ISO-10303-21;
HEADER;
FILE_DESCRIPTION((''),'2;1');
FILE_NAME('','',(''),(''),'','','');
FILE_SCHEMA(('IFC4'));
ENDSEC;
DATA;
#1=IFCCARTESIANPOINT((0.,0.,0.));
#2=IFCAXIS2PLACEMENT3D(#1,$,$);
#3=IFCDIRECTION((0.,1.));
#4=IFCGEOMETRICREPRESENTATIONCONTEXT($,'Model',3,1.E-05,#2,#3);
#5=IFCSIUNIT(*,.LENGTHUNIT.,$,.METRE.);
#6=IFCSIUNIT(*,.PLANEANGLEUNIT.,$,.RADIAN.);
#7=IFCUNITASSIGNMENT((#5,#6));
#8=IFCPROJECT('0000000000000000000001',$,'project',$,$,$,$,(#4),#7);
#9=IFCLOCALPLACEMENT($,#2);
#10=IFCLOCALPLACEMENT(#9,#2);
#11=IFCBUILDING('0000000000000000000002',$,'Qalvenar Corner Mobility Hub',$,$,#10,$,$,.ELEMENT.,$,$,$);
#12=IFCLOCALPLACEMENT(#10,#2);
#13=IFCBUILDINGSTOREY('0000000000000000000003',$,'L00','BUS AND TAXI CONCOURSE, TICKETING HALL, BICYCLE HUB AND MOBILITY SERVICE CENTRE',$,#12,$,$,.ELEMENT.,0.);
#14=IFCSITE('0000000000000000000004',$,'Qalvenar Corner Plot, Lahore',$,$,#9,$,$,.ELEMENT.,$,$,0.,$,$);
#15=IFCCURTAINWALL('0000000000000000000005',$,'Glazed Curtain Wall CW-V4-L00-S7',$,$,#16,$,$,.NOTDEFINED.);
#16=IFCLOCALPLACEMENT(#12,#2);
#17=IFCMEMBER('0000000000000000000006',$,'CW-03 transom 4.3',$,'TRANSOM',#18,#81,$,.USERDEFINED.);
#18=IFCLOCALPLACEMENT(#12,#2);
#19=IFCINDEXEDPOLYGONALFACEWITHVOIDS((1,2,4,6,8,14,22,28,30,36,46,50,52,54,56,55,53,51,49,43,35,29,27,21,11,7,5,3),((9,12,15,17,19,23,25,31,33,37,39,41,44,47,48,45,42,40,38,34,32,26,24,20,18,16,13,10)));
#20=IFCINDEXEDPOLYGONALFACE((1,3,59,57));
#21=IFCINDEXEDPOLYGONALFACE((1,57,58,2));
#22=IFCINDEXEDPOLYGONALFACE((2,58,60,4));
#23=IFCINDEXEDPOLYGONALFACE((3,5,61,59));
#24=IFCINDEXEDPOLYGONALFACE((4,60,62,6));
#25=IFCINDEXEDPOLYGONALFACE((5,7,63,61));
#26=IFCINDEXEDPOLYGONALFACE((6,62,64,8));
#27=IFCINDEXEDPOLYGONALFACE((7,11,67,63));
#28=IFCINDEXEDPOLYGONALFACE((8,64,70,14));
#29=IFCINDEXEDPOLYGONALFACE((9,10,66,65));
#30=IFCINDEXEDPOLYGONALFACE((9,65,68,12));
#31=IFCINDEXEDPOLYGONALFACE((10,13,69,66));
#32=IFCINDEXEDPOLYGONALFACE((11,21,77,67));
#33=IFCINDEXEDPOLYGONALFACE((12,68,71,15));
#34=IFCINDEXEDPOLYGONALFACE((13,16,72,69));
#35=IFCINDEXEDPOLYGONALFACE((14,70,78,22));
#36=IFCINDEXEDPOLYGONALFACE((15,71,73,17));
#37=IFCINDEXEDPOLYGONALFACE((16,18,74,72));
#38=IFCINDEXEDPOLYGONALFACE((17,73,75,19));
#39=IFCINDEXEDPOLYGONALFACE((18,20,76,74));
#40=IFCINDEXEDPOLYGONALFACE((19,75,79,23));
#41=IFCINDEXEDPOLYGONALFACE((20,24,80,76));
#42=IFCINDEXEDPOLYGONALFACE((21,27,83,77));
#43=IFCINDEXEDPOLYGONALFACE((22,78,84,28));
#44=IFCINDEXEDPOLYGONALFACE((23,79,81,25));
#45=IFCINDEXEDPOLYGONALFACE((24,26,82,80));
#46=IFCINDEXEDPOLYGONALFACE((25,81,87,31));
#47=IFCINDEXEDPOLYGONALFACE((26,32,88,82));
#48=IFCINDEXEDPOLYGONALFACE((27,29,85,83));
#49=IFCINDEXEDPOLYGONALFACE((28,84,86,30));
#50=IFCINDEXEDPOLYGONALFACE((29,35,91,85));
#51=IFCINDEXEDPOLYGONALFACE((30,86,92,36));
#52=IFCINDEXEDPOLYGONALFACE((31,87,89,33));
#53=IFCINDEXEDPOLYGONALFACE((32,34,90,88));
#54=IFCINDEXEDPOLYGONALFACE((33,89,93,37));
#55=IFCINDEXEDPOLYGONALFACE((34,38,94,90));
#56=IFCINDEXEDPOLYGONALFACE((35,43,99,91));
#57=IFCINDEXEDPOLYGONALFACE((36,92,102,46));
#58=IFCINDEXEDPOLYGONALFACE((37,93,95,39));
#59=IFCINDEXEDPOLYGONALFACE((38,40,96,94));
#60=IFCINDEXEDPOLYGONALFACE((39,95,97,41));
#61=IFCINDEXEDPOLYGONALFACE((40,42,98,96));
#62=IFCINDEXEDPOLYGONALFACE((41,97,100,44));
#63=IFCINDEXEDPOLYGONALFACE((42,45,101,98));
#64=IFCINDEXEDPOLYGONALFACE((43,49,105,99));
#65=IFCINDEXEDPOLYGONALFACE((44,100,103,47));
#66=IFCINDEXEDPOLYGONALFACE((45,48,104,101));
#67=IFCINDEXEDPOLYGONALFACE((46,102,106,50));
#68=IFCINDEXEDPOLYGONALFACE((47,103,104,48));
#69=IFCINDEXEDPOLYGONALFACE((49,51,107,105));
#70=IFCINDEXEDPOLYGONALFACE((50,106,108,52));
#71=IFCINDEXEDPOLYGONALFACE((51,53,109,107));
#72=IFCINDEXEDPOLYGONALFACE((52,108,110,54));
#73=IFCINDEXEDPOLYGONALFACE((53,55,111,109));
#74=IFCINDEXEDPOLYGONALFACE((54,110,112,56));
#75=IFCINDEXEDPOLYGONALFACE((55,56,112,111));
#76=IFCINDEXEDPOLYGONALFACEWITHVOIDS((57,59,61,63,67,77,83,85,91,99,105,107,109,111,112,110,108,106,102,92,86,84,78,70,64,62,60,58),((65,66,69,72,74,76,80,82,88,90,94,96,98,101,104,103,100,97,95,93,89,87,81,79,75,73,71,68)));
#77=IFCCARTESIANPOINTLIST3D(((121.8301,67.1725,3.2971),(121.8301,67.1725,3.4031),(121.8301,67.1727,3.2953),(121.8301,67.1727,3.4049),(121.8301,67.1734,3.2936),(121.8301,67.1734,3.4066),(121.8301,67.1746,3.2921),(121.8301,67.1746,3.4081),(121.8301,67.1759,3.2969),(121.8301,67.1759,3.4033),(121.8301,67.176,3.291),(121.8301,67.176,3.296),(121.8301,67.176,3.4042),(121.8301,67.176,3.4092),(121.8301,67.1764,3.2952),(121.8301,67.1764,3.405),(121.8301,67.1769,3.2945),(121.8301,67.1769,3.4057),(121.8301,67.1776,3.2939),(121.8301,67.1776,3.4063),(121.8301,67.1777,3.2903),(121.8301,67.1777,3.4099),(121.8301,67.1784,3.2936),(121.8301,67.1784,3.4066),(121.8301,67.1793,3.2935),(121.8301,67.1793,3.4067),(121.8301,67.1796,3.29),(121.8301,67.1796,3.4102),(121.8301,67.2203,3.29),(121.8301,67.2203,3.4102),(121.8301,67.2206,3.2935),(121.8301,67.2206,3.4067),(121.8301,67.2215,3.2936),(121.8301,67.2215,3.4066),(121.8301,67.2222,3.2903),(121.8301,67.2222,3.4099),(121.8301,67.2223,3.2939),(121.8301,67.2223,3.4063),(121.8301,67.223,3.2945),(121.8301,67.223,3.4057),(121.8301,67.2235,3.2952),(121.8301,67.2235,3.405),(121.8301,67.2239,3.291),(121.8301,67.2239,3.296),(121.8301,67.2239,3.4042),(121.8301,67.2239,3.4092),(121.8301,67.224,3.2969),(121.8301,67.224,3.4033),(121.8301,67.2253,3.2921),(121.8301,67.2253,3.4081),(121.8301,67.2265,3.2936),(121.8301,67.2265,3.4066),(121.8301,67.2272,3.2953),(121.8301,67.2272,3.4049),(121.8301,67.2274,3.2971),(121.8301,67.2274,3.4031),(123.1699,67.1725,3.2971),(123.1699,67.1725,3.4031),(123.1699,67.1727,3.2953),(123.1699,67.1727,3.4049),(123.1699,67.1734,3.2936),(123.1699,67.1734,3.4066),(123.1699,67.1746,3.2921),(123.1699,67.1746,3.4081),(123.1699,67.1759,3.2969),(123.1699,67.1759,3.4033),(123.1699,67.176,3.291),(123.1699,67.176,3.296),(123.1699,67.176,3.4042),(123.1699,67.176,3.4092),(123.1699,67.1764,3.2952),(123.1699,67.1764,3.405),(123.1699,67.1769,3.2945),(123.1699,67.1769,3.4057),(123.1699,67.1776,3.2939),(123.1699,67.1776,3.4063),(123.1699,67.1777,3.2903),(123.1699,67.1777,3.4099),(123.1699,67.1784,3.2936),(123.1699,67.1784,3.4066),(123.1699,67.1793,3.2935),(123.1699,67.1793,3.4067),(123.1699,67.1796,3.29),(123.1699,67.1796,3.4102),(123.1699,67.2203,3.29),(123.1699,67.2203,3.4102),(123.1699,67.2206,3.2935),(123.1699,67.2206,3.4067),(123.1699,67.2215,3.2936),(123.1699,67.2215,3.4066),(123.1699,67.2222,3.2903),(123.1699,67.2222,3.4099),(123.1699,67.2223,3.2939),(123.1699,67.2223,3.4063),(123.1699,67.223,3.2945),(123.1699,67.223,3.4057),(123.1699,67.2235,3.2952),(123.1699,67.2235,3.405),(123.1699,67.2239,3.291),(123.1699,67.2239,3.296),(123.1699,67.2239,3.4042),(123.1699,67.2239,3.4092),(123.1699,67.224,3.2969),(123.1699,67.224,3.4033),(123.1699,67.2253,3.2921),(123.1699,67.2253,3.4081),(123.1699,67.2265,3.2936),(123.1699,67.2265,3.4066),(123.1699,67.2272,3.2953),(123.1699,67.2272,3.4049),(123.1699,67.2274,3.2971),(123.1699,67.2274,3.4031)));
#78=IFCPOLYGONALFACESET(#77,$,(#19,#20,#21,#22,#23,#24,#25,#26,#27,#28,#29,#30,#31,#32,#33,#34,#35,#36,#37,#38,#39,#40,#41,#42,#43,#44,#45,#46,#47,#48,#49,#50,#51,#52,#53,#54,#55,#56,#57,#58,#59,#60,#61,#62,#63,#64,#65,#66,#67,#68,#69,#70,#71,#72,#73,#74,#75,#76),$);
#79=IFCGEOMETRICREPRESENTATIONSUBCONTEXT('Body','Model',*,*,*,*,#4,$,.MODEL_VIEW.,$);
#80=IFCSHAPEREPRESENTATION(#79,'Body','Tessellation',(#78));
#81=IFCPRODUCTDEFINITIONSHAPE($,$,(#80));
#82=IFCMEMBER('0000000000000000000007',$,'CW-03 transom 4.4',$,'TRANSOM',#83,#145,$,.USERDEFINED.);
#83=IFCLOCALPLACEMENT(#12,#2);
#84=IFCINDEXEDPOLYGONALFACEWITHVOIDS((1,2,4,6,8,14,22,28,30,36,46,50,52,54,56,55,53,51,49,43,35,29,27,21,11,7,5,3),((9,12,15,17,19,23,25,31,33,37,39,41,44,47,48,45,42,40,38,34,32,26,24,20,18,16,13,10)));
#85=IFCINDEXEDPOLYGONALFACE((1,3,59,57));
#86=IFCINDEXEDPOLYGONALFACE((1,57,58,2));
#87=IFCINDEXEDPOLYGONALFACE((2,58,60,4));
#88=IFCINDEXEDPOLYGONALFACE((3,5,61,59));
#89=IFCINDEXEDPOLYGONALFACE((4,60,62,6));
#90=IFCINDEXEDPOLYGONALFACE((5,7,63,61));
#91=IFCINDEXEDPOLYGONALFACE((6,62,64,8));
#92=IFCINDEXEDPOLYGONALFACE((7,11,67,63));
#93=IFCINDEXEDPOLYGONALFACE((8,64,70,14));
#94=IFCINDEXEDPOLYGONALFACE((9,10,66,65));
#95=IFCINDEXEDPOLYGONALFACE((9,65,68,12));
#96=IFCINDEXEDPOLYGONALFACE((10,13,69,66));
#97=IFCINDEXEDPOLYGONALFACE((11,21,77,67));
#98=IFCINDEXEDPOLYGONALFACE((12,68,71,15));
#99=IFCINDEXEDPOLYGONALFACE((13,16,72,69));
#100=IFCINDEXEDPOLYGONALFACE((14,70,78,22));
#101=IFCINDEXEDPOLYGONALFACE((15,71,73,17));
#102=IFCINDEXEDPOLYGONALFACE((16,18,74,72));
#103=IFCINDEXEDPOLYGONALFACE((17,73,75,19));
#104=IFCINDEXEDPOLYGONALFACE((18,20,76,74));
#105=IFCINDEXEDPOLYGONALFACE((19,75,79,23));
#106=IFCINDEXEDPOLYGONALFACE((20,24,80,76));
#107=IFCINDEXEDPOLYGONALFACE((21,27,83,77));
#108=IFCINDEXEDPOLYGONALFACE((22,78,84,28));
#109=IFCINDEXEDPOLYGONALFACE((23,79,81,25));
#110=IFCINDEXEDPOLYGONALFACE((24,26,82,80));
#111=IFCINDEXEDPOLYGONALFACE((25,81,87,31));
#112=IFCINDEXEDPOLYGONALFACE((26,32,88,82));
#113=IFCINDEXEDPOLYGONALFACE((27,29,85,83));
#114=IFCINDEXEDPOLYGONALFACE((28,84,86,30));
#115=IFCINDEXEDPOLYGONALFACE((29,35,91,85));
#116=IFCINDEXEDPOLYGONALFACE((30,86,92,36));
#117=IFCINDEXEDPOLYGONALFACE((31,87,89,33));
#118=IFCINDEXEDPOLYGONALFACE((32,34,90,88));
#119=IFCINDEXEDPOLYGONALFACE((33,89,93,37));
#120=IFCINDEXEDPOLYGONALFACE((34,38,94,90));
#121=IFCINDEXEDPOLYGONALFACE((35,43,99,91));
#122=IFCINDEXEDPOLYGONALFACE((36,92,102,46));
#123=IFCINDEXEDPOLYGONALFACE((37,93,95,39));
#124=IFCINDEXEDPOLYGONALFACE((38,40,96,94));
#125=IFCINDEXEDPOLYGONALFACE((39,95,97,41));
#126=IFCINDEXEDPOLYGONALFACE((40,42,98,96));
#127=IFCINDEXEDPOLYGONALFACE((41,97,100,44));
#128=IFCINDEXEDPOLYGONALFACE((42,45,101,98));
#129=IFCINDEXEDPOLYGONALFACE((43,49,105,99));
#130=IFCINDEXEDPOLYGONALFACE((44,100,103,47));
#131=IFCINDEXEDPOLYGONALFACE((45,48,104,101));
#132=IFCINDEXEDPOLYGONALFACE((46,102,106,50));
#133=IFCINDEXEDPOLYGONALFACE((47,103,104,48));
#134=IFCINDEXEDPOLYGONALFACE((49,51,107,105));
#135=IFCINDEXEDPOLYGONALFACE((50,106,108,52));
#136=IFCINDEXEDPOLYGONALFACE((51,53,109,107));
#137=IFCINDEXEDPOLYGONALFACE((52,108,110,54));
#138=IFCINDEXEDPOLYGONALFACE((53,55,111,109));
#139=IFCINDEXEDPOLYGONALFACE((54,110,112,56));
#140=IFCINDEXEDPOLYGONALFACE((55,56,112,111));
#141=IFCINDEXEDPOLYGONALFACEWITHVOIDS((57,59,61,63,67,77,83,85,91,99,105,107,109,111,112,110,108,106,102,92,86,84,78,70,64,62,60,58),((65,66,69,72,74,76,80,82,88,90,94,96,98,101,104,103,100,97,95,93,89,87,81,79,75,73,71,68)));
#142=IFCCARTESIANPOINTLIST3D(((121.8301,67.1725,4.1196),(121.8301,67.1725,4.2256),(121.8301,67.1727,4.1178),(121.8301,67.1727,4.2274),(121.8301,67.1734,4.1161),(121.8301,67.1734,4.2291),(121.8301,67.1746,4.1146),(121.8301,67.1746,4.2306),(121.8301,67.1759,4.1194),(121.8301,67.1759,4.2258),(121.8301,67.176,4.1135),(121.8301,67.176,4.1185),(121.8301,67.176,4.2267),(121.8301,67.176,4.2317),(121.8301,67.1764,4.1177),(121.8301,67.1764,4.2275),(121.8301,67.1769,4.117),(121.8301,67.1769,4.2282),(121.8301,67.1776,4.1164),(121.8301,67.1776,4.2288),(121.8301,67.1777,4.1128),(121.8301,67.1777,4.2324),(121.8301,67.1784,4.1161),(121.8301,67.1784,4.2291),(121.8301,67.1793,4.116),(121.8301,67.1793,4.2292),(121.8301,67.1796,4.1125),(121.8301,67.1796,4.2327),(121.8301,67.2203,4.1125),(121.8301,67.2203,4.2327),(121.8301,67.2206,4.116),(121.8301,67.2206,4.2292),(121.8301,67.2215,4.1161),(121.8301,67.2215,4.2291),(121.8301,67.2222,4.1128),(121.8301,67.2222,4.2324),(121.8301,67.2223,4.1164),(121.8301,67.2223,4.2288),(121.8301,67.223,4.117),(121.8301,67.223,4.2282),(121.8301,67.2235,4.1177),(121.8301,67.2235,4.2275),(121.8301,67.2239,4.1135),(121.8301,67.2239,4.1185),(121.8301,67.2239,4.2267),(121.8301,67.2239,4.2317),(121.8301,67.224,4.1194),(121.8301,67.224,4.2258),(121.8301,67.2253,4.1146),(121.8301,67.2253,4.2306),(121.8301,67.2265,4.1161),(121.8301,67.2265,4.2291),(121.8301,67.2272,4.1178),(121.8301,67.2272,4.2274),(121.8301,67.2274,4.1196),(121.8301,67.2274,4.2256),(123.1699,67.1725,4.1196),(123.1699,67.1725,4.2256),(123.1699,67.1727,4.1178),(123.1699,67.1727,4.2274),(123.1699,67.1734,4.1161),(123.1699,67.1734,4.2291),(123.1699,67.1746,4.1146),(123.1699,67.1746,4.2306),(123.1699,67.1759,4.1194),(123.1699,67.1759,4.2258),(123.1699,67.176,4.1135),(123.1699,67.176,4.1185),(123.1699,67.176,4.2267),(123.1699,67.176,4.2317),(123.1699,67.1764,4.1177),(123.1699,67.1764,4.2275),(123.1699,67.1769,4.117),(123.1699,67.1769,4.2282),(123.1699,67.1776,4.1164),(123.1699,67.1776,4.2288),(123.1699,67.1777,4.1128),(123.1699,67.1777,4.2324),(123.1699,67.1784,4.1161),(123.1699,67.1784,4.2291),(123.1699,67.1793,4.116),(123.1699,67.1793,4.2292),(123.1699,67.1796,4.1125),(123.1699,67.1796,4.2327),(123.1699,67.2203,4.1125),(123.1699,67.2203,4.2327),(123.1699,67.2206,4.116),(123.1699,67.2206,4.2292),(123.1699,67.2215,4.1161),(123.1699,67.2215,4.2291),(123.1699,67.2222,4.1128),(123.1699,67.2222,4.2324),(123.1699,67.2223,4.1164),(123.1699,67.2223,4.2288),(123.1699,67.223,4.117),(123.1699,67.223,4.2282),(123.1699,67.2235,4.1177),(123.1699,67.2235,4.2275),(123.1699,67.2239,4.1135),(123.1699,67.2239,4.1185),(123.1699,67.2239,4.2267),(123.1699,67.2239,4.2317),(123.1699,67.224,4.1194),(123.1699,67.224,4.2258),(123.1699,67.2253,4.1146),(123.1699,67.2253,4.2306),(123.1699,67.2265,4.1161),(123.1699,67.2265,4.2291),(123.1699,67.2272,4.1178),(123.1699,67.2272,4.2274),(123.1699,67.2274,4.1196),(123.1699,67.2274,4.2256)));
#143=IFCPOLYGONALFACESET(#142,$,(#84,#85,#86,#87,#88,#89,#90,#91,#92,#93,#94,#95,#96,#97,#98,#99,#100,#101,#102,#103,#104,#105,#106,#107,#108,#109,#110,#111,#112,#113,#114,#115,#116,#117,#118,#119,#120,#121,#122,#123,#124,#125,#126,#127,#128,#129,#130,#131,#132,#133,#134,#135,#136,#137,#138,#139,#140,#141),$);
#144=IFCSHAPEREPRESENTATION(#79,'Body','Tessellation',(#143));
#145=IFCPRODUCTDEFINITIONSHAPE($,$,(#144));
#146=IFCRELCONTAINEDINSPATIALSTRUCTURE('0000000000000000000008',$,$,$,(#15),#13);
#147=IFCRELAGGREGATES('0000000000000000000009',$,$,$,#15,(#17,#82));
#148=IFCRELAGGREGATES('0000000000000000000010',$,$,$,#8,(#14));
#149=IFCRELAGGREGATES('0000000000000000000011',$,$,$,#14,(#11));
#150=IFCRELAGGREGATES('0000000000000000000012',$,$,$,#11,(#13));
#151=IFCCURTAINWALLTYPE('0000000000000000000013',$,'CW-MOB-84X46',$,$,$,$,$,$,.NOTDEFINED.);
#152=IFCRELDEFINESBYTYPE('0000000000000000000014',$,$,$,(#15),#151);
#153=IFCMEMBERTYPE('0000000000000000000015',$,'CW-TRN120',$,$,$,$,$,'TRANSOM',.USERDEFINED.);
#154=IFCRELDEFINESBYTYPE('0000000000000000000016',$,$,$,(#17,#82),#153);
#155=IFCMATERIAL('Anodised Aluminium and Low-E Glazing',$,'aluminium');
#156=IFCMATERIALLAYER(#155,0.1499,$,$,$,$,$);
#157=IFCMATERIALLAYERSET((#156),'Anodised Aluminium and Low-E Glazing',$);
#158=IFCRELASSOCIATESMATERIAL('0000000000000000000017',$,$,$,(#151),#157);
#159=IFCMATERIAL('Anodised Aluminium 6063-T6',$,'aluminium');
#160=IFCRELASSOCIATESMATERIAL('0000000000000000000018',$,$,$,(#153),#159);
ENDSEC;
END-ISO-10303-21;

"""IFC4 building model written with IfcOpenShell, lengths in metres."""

from ifc_helpers import new_model, si_unit, direction, frame, origin, origin_2d, place, context, subcontext, project, spatial, hollow_rectangle, extrude, material, layer, layer_set, material_profile, profile_set, type_object, element, aggregate, save


model = new_model("IFC4")

# Units and contexts
model_context = context("Model", 3, precision=1e-05, world=origin(), true_north=direction((0.0, 1.0)))
body_context = subcontext(model_context, "Body", "Model", "MODEL_VIEW")
ifc_project = project(units=[si_unit("LENGTHUNIT", "METRE"), si_unit("PLANEANGLEUNIT", "RADIAN")], contexts=[model_context])

# Site, building, storey
site_placement = place(None, origin())
site = spatial("IfcSite", under=ifc_project, at=site_placement, Name="Qalvenar Corner Plot, Lahore", CompositionType="ELEMENT", RefElevation=0.0)
building_placement = place(site_placement, origin())
building = spatial("IfcBuilding", under=site, at=building_placement, Name="Qalvenar Corner Mobility Hub", CompositionType="ELEMENT")
storey_placement = place(building_placement, origin())
storey = spatial("IfcBuildingStorey", under=building, at=storey_placement, Name="L00", Description="BUS AND TAXI CONCOURSE, TICKETING HALL, BICYCLE HUB AND MOBILITY SERVICE CENTRE", CompositionType="ELEMENT", Elevation=0.0)

# Curtain wall, members
ifc_material_1 = material(Name="Anodised Aluminium and Low-E Glazing", Category="aluminium")
ifc_layer_1 = layer(ifc_material_1, 0.1499)
ifc_layer_set_1 = layer_set([ifc_layer_1], Name="Anodised Aluminium and Low-E Glazing")
curtain_wall_type = type_object("IfcCurtainWallType", Name="CW-MOB-84X46", PredefinedType="NOTDEFINED", material=ifc_layer_set_1)
curtain_wall_placement = place(storey_placement, origin())
curtain_wall = element("IfcCurtainWall", 1, at=curtain_wall_placement, inside=storey, type_object=curtain_wall_type, Name="Glazed Curtain Wall CW-V4-L00-S7", PredefinedType="NOTDEFINED")
ifc_material_2 = material(Name="Anodised Aluminium 6063-T6", Category="aluminium")
ifc_material_profile_1 = material_profile(ifc_material_2, hollow_rectangle(XDim=0.0549, YDim=0.1201, WallThickness=0.0034, InnerFilletRadius=0.0034, OuterFilletRadius=0.0071, at=origin_2d()), Name="RHS120x55x3.5")
ifc_profile_set_1 = profile_set([ifc_material_profile_1], Name="Anodised Aluminium 6063-T6")
member_type_1 = type_object("IfcMemberType", Name="CW-TRN120", ElementType="TRANSOM", PredefinedType="USERDEFINED", material=ifc_profile_set_1)
member_1_placement = place(storey_placement, frame((121.8301, 67.2, 3.3501), z_axis=(1.0, 0.0, 0.0), x_axis=(0.0, 1.0, 0.0)))
member_1 = element("IfcMember", 2, at=member_1_placement, type_object=member_type_1, Name="CW-03 transom 4.3", ObjectType="TRANSOM", PredefinedType="USERDEFINED", context=body_context, shape_type="SweptSolid", body=[
    extrude(hollow_rectangle(XDim=0.0549, YDim=0.1201, WallThickness=0.0034, InnerFilletRadius=0.0034, OuterFilletRadius=0.0071, at=origin_2d()), origin(), (0.0, 0.0, 1.0), 1.3398),
])
member_2_placement = place(storey_placement, frame((121.8301, 67.2, 4.1726), z_axis=(1.0, 0.0, 0.0), x_axis=(0.0, 1.0, 0.0)))
member_2 = element("IfcMember", 3, at=member_2_placement, type_object=member_type_1, Name="CW-03 transom 4.4", ObjectType="TRANSOM", PredefinedType="USERDEFINED", context=body_context, shape_type="SweptSolid", body=[
    extrude(hollow_rectangle(XDim=0.0549, YDim=0.1201, WallThickness=0.0034, InnerFilletRadius=0.0034, OuterFilletRadius=0.0071, at=origin_2d()), origin(), (0.0, 0.0, 1.0), 1.3398),
])
aggregate(curtain_wall, [member_1, member_2])

save(model, "model.ifc")
